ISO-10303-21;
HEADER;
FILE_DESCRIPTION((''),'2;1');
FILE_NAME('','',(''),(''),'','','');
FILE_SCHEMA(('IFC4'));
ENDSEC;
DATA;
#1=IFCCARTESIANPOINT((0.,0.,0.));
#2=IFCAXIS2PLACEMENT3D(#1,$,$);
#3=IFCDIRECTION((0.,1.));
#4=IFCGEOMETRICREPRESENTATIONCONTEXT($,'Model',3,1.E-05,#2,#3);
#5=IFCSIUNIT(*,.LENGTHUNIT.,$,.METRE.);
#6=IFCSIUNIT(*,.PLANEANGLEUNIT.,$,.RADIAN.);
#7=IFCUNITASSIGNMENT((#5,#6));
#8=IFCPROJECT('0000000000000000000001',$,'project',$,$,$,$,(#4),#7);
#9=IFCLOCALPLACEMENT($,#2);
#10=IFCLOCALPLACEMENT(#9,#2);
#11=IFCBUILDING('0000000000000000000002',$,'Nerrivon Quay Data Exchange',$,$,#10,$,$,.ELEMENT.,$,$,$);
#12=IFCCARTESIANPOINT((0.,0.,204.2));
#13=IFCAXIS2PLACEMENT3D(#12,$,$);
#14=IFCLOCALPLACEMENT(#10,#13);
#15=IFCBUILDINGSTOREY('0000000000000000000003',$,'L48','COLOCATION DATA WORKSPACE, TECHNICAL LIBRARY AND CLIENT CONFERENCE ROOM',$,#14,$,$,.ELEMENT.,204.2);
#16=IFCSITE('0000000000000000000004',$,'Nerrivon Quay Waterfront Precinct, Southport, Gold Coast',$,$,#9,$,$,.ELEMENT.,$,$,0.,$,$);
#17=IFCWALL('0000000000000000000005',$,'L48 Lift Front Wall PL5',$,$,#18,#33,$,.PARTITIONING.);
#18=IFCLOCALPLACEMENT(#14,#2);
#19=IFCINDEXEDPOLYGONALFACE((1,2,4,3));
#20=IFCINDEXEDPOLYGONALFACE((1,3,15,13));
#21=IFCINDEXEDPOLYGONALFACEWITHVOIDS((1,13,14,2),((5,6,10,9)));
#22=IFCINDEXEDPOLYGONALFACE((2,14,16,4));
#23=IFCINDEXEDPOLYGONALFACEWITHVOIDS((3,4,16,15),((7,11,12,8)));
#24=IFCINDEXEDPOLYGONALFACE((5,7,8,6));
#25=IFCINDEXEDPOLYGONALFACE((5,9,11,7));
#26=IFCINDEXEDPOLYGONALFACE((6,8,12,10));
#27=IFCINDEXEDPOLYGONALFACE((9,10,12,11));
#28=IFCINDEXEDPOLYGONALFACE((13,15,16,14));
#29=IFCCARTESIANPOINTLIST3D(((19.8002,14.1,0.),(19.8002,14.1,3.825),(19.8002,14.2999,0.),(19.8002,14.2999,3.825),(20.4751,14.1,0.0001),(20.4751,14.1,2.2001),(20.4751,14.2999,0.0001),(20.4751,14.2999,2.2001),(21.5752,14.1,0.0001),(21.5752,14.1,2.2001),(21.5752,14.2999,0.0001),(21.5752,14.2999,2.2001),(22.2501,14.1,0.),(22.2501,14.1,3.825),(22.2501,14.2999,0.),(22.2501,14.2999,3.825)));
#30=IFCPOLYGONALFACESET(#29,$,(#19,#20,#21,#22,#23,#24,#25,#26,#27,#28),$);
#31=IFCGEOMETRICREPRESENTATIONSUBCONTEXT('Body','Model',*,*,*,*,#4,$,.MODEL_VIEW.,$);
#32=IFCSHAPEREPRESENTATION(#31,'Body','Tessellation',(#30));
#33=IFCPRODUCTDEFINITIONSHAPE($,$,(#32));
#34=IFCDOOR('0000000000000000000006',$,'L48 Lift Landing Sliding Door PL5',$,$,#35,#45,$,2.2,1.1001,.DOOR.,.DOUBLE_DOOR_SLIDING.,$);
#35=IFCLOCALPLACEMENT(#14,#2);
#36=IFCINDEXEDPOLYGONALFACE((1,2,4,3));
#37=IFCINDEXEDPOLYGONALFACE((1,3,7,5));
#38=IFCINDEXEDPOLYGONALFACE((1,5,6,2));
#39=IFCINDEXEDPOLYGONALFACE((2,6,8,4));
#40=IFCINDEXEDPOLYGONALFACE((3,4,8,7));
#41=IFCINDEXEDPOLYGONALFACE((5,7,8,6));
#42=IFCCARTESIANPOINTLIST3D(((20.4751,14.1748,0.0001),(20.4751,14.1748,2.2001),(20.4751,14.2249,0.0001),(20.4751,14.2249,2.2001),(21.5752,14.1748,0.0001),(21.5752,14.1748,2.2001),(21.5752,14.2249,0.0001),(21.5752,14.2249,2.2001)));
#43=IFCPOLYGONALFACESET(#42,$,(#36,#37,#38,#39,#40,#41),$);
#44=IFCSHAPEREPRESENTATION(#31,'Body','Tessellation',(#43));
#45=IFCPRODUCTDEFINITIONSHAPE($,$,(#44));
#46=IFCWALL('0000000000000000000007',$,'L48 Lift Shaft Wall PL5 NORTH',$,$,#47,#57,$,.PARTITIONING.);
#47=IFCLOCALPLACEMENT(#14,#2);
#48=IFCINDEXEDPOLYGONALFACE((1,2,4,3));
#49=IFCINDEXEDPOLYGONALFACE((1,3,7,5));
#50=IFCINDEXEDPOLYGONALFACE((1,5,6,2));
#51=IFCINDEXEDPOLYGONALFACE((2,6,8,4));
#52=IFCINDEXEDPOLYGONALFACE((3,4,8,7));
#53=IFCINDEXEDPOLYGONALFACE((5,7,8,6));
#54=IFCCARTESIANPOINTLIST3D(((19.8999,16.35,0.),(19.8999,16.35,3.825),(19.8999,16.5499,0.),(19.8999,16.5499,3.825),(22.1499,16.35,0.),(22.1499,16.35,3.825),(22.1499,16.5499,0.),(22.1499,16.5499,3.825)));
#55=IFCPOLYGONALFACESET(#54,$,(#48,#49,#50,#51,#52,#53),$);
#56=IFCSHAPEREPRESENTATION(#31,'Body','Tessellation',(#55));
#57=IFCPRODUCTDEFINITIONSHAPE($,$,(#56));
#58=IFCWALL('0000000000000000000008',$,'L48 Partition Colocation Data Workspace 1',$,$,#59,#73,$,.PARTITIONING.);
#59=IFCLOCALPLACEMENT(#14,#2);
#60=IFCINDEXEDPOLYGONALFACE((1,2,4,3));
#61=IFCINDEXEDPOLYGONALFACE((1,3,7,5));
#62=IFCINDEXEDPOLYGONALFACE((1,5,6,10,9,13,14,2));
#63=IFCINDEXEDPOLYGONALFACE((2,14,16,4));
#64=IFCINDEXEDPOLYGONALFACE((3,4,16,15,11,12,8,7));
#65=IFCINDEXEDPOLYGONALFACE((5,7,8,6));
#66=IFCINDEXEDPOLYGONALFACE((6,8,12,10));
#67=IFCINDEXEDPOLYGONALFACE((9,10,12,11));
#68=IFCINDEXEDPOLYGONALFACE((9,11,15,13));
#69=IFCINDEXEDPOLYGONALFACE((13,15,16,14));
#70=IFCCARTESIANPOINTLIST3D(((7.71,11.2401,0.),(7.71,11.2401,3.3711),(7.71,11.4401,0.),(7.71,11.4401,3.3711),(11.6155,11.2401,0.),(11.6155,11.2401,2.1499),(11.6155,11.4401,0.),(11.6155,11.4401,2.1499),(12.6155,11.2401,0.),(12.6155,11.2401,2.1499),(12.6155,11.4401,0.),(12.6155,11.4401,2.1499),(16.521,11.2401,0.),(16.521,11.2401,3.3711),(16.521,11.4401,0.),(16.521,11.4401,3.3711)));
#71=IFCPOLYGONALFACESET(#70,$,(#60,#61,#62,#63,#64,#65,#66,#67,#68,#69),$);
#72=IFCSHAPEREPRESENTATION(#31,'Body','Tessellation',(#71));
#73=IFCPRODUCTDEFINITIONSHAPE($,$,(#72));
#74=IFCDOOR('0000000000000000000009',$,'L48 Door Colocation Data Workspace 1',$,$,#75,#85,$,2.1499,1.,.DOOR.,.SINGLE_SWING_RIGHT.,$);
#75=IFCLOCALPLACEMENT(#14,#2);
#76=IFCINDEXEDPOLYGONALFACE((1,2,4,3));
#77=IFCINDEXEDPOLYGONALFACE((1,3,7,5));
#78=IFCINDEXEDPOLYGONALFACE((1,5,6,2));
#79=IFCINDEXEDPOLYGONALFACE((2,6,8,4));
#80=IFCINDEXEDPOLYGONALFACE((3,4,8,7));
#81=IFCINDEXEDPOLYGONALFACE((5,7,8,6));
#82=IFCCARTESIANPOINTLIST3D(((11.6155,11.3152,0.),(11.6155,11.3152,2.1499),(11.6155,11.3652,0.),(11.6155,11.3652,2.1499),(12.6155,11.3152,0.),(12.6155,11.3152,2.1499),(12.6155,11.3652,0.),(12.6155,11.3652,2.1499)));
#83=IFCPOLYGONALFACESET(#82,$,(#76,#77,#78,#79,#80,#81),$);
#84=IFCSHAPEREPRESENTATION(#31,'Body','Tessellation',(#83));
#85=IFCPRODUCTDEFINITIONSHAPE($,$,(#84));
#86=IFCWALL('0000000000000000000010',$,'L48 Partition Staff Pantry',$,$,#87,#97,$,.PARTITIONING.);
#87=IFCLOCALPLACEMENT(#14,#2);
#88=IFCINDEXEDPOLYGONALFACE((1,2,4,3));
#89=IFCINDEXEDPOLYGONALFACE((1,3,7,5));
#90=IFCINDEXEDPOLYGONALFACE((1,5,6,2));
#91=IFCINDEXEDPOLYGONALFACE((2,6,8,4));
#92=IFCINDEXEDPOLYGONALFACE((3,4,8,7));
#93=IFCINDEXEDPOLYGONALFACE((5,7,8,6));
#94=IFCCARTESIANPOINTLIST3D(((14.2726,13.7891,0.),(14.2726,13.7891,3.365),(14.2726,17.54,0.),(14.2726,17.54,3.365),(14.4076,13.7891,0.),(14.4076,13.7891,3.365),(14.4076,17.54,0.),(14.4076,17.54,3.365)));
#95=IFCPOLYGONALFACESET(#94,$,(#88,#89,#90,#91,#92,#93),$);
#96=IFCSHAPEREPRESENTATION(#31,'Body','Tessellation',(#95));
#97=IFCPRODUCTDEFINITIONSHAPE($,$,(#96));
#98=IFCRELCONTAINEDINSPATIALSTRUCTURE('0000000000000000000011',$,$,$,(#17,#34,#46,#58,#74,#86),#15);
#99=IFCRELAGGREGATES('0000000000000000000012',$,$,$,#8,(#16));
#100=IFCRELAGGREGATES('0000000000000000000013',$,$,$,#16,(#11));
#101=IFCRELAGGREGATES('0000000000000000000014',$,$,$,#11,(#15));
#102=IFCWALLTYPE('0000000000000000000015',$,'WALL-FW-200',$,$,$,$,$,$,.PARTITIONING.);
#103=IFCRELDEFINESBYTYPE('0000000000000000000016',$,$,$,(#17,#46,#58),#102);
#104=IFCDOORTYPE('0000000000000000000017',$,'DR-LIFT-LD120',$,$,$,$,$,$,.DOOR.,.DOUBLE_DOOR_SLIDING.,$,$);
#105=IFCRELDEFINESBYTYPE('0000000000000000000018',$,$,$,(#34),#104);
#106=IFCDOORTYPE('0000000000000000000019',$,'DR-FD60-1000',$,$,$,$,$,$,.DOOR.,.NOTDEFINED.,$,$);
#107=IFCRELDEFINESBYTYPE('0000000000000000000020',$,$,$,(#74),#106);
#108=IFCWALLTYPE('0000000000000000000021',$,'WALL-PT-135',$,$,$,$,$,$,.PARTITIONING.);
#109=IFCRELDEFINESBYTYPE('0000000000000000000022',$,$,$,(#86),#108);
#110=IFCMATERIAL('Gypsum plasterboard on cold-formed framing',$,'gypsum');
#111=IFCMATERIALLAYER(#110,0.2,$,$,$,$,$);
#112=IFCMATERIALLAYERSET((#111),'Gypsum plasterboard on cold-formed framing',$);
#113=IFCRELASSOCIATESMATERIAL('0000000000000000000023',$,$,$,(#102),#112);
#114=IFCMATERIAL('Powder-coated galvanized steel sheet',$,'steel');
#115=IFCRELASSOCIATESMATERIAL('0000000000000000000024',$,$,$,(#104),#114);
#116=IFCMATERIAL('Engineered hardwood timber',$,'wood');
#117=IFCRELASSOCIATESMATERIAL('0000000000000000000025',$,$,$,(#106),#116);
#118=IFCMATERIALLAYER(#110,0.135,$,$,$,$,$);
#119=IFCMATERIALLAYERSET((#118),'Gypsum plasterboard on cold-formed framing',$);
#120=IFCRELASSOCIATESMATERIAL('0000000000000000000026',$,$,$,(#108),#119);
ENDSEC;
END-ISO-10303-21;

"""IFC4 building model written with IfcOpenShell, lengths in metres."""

from ifc_helpers import new_model, si_unit, direction, frame, frame_2d, origin, place, context, subcontext, project, spatial, rectangle, extrude, material, layer, layer_set, type_object, element, fill, save


model = new_model("IFC4")

# Units and contexts
model_context = context("Model", 3, precision=1e-05, world=origin(), true_north=direction((0.0, 1.0)))
body_context = subcontext(model_context, "Body", "Model", "MODEL_VIEW")
ifc_project = project(units=[si_unit("LENGTHUNIT", "METRE"), si_unit("PLANEANGLEUNIT", "RADIAN")], contexts=[model_context])

# Site, building, storey
site_placement = place(None, origin())
site = spatial("IfcSite", under=ifc_project, at=site_placement, Name="Nerrivon Quay Waterfront Precinct, Southport, Gold Coast", CompositionType="ELEMENT", RefElevation=0.0)
building_placement = place(site_placement, origin())
building = spatial("IfcBuilding", under=site, at=building_placement, Name="Nerrivon Quay Data Exchange", CompositionType="ELEMENT")
storey_placement = place(building_placement, frame((0.0, 0.0, 204.2)))
storey = spatial("IfcBuildingStorey", under=building, at=storey_placement, Name="L48", Description="COLOCATION DATA WORKSPACE, TECHNICAL LIBRARY AND CLIENT CONFERENCE ROOM", CompositionType="ELEMENT", Elevation=204.2)

# Shared definitions
ifc_material_1 = material(Name="Powder-coated galvanized steel sheet", Category="steel")
ifc_material_2 = material(Name="Gypsum plasterboard on cold-formed framing", Category="gypsum")
ifc_layer_1 = layer(ifc_material_2, 0.2)
ifc_layer_set_1 = layer_set([ifc_layer_1], Name="Gypsum plasterboard on cold-formed framing")
wall_type_1 = type_object("IfcWallType", Name="WALL-FW-200", PredefinedType="PARTITIONING", material=ifc_layer_set_1)
door_type_1 = type_object("IfcDoorType", Name="DR-LIFT-LD120", OperationType="DOUBLE_DOOR_SLIDING", PredefinedType="DOOR", material=ifc_material_1)

# Wall, opening, door
wall_1_placement = place(storey_placement, frame((19.8, 14.2, 0.0), z_axis=(0.0, 0.0, 1.0), x_axis=(1.0, 0.0, 0.0)))
wall_1 = element("IfcWall", 1, at=wall_1_placement, inside=storey, type_object=wall_type_1, Name="L48 Lift Front Wall PL5", PredefinedType="PARTITIONING", context=body_context, shape_type="SweptSolid", body=[
    extrude(rectangle(XDim=2.45, YDim=0.2, at=frame_2d((1.2251, 0.0))), origin(), (0.0, 0.0, 1.0), 3.825),
])
opening_1_placement = place(wall_1_placement, frame((0.675, 0.0, 0.0)))
opening_1 = element("IfcOpeningElement", 2, at=opening_1_placement, cuts=wall_1, PredefinedType="OPENING", context=body_context, shape_type="SweptSolid", body=[
    extrude(rectangle(XDim=1.1001, YDim=2.2, at=frame_2d((0.55, 1.1001))), frame((0.0, 0.1099, 0.0), z_axis=(0.0, -1.0, 0.0), x_axis=(1.0, 0.0, 0.0)), (0.0, 0.0, 1.0), 0.22),
])
door_1_placement = place(opening_1_placement, origin())
door_1 = element("IfcDoor", 3, at=door_1_placement, inside=storey, type_object=door_type_1, Name="L48 Lift Landing Sliding Door PL5", OperationType="DOUBLE_DOOR_SLIDING", OverallHeight=2.2, OverallWidth=1.1001, PredefinedType="DOOR", context=body_context, shape_type="SweptSolid", body=[
    extrude(rectangle(XDim=1.1001, YDim=2.2, at=frame_2d((0.55, 1.1001))), frame((0.0, 0.0249, 0.0), z_axis=(0.0, -1.0, 0.0), x_axis=(1.0, 0.0, 0.0)), (0.0, 0.0, 1.0), 0.05),
])
fill(opening_1, door_1)

# Wall
wall_2_placement = place(storey_placement, frame((19.8999, 16.45, 0.0), z_axis=(0.0, 0.0, 1.0), x_axis=(1.0, 0.0, 0.0)))
element("IfcWall", 4, at=wall_2_placement, inside=storey, type_object=wall_type_1, Name="L48 Lift Shaft Wall PL5 NORTH", PredefinedType="PARTITIONING", context=body_context, shape_type="SweptSolid", body=[
    extrude(rectangle(XDim=2.25, YDim=0.2, at=frame_2d((1.125, 0.0))), origin(), (0.0, 0.0, 1.0), 3.825),
])

# Wall, opening, door
wall_3_placement = place(storey_placement, frame((16.521, 11.3401, 0.0), z_axis=(0.0, 0.0, 1.0), x_axis=(-1.0, 0.0, 0.0)))
wall_3 = element("IfcWall", 5, at=wall_3_placement, inside=storey, type_object=wall_type_1, Name="L48 Partition Colocation Data Workspace 1", PredefinedType="PARTITIONING", context=body_context, shape_type="SweptSolid", body=[
    extrude(rectangle(XDim=8.811, YDim=0.2, at=frame_2d((4.4055, 0.0))), origin(), (0.0, 0.0, 1.0), 3.3711),
])
opening_2_placement = place(wall_3_placement, frame((3.9055, 0.0, 0.0)))
opening_2 = element("IfcOpeningElement", 6, at=opening_2_placement, cuts=wall_3, PredefinedType="OPENING", context=body_context, shape_type="SweptSolid", body=[
    extrude(rectangle(XDim=1.0, YDim=2.1499, at=frame_2d((0.5, 1.075))), frame((0.0, 0.1099, 0.0), z_axis=(0.0, -1.0, 0.0), x_axis=(1.0, 0.0, 0.0)), (0.0, 0.0, 1.0), 0.22),
])
ifc_material_3 = material(Name="Engineered hardwood timber", Category="wood")
door_type_2 = type_object("IfcDoorType", Name="DR-FD60-1000", OperationType="NOTDEFINED", PredefinedType="DOOR", material=ifc_material_3)
door_2_placement = place(opening_2_placement, origin())
door_2 = element("IfcDoor", 7, at=door_2_placement, inside=storey, type_object=door_type_2, Name="L48 Door Colocation Data Workspace 1", OperationType="SINGLE_SWING_RIGHT", OverallHeight=2.1499, OverallWidth=1.0, PredefinedType="DOOR", context=body_context, shape_type="SweptSolid", body=[
    extrude(rectangle(XDim=1.0, YDim=2.1499, at=frame_2d((0.5, 1.075))), frame((0.0, 0.0249, 0.0), z_axis=(0.0, -1.0, 0.0), x_axis=(1.0, 0.0, 0.0)), (0.0, 0.0, 1.0), 0.05),
])
fill(opening_2, door_2)

# Wall
ifc_layer_2 = layer(ifc_material_2, 0.135)
ifc_layer_set_2 = layer_set([ifc_layer_2], Name="Gypsum plasterboard on cold-formed framing")
wall_type_2 = type_object("IfcWallType", Name="WALL-PT-135", PredefinedType="PARTITIONING", material=ifc_layer_set_2)
wall_4_placement = place(storey_placement, frame((14.3401, 13.7891, 0.0), z_axis=(0.0, 0.0, 1.0), x_axis=(0.0, 1.0, 0.0)))
element("IfcWall", 8, at=wall_4_placement, inside=storey, type_object=wall_type_2, Name="L48 Partition Staff Pantry", PredefinedType="PARTITIONING", context=body_context, shape_type="SweptSolid", body=[
    extrude(rectangle(XDim=3.751, YDim=0.135, at=frame_2d((1.8755, 0.0))), origin(), (0.0, 0.0, 1.0), 3.365),
])

save(model, "model.ifc")
